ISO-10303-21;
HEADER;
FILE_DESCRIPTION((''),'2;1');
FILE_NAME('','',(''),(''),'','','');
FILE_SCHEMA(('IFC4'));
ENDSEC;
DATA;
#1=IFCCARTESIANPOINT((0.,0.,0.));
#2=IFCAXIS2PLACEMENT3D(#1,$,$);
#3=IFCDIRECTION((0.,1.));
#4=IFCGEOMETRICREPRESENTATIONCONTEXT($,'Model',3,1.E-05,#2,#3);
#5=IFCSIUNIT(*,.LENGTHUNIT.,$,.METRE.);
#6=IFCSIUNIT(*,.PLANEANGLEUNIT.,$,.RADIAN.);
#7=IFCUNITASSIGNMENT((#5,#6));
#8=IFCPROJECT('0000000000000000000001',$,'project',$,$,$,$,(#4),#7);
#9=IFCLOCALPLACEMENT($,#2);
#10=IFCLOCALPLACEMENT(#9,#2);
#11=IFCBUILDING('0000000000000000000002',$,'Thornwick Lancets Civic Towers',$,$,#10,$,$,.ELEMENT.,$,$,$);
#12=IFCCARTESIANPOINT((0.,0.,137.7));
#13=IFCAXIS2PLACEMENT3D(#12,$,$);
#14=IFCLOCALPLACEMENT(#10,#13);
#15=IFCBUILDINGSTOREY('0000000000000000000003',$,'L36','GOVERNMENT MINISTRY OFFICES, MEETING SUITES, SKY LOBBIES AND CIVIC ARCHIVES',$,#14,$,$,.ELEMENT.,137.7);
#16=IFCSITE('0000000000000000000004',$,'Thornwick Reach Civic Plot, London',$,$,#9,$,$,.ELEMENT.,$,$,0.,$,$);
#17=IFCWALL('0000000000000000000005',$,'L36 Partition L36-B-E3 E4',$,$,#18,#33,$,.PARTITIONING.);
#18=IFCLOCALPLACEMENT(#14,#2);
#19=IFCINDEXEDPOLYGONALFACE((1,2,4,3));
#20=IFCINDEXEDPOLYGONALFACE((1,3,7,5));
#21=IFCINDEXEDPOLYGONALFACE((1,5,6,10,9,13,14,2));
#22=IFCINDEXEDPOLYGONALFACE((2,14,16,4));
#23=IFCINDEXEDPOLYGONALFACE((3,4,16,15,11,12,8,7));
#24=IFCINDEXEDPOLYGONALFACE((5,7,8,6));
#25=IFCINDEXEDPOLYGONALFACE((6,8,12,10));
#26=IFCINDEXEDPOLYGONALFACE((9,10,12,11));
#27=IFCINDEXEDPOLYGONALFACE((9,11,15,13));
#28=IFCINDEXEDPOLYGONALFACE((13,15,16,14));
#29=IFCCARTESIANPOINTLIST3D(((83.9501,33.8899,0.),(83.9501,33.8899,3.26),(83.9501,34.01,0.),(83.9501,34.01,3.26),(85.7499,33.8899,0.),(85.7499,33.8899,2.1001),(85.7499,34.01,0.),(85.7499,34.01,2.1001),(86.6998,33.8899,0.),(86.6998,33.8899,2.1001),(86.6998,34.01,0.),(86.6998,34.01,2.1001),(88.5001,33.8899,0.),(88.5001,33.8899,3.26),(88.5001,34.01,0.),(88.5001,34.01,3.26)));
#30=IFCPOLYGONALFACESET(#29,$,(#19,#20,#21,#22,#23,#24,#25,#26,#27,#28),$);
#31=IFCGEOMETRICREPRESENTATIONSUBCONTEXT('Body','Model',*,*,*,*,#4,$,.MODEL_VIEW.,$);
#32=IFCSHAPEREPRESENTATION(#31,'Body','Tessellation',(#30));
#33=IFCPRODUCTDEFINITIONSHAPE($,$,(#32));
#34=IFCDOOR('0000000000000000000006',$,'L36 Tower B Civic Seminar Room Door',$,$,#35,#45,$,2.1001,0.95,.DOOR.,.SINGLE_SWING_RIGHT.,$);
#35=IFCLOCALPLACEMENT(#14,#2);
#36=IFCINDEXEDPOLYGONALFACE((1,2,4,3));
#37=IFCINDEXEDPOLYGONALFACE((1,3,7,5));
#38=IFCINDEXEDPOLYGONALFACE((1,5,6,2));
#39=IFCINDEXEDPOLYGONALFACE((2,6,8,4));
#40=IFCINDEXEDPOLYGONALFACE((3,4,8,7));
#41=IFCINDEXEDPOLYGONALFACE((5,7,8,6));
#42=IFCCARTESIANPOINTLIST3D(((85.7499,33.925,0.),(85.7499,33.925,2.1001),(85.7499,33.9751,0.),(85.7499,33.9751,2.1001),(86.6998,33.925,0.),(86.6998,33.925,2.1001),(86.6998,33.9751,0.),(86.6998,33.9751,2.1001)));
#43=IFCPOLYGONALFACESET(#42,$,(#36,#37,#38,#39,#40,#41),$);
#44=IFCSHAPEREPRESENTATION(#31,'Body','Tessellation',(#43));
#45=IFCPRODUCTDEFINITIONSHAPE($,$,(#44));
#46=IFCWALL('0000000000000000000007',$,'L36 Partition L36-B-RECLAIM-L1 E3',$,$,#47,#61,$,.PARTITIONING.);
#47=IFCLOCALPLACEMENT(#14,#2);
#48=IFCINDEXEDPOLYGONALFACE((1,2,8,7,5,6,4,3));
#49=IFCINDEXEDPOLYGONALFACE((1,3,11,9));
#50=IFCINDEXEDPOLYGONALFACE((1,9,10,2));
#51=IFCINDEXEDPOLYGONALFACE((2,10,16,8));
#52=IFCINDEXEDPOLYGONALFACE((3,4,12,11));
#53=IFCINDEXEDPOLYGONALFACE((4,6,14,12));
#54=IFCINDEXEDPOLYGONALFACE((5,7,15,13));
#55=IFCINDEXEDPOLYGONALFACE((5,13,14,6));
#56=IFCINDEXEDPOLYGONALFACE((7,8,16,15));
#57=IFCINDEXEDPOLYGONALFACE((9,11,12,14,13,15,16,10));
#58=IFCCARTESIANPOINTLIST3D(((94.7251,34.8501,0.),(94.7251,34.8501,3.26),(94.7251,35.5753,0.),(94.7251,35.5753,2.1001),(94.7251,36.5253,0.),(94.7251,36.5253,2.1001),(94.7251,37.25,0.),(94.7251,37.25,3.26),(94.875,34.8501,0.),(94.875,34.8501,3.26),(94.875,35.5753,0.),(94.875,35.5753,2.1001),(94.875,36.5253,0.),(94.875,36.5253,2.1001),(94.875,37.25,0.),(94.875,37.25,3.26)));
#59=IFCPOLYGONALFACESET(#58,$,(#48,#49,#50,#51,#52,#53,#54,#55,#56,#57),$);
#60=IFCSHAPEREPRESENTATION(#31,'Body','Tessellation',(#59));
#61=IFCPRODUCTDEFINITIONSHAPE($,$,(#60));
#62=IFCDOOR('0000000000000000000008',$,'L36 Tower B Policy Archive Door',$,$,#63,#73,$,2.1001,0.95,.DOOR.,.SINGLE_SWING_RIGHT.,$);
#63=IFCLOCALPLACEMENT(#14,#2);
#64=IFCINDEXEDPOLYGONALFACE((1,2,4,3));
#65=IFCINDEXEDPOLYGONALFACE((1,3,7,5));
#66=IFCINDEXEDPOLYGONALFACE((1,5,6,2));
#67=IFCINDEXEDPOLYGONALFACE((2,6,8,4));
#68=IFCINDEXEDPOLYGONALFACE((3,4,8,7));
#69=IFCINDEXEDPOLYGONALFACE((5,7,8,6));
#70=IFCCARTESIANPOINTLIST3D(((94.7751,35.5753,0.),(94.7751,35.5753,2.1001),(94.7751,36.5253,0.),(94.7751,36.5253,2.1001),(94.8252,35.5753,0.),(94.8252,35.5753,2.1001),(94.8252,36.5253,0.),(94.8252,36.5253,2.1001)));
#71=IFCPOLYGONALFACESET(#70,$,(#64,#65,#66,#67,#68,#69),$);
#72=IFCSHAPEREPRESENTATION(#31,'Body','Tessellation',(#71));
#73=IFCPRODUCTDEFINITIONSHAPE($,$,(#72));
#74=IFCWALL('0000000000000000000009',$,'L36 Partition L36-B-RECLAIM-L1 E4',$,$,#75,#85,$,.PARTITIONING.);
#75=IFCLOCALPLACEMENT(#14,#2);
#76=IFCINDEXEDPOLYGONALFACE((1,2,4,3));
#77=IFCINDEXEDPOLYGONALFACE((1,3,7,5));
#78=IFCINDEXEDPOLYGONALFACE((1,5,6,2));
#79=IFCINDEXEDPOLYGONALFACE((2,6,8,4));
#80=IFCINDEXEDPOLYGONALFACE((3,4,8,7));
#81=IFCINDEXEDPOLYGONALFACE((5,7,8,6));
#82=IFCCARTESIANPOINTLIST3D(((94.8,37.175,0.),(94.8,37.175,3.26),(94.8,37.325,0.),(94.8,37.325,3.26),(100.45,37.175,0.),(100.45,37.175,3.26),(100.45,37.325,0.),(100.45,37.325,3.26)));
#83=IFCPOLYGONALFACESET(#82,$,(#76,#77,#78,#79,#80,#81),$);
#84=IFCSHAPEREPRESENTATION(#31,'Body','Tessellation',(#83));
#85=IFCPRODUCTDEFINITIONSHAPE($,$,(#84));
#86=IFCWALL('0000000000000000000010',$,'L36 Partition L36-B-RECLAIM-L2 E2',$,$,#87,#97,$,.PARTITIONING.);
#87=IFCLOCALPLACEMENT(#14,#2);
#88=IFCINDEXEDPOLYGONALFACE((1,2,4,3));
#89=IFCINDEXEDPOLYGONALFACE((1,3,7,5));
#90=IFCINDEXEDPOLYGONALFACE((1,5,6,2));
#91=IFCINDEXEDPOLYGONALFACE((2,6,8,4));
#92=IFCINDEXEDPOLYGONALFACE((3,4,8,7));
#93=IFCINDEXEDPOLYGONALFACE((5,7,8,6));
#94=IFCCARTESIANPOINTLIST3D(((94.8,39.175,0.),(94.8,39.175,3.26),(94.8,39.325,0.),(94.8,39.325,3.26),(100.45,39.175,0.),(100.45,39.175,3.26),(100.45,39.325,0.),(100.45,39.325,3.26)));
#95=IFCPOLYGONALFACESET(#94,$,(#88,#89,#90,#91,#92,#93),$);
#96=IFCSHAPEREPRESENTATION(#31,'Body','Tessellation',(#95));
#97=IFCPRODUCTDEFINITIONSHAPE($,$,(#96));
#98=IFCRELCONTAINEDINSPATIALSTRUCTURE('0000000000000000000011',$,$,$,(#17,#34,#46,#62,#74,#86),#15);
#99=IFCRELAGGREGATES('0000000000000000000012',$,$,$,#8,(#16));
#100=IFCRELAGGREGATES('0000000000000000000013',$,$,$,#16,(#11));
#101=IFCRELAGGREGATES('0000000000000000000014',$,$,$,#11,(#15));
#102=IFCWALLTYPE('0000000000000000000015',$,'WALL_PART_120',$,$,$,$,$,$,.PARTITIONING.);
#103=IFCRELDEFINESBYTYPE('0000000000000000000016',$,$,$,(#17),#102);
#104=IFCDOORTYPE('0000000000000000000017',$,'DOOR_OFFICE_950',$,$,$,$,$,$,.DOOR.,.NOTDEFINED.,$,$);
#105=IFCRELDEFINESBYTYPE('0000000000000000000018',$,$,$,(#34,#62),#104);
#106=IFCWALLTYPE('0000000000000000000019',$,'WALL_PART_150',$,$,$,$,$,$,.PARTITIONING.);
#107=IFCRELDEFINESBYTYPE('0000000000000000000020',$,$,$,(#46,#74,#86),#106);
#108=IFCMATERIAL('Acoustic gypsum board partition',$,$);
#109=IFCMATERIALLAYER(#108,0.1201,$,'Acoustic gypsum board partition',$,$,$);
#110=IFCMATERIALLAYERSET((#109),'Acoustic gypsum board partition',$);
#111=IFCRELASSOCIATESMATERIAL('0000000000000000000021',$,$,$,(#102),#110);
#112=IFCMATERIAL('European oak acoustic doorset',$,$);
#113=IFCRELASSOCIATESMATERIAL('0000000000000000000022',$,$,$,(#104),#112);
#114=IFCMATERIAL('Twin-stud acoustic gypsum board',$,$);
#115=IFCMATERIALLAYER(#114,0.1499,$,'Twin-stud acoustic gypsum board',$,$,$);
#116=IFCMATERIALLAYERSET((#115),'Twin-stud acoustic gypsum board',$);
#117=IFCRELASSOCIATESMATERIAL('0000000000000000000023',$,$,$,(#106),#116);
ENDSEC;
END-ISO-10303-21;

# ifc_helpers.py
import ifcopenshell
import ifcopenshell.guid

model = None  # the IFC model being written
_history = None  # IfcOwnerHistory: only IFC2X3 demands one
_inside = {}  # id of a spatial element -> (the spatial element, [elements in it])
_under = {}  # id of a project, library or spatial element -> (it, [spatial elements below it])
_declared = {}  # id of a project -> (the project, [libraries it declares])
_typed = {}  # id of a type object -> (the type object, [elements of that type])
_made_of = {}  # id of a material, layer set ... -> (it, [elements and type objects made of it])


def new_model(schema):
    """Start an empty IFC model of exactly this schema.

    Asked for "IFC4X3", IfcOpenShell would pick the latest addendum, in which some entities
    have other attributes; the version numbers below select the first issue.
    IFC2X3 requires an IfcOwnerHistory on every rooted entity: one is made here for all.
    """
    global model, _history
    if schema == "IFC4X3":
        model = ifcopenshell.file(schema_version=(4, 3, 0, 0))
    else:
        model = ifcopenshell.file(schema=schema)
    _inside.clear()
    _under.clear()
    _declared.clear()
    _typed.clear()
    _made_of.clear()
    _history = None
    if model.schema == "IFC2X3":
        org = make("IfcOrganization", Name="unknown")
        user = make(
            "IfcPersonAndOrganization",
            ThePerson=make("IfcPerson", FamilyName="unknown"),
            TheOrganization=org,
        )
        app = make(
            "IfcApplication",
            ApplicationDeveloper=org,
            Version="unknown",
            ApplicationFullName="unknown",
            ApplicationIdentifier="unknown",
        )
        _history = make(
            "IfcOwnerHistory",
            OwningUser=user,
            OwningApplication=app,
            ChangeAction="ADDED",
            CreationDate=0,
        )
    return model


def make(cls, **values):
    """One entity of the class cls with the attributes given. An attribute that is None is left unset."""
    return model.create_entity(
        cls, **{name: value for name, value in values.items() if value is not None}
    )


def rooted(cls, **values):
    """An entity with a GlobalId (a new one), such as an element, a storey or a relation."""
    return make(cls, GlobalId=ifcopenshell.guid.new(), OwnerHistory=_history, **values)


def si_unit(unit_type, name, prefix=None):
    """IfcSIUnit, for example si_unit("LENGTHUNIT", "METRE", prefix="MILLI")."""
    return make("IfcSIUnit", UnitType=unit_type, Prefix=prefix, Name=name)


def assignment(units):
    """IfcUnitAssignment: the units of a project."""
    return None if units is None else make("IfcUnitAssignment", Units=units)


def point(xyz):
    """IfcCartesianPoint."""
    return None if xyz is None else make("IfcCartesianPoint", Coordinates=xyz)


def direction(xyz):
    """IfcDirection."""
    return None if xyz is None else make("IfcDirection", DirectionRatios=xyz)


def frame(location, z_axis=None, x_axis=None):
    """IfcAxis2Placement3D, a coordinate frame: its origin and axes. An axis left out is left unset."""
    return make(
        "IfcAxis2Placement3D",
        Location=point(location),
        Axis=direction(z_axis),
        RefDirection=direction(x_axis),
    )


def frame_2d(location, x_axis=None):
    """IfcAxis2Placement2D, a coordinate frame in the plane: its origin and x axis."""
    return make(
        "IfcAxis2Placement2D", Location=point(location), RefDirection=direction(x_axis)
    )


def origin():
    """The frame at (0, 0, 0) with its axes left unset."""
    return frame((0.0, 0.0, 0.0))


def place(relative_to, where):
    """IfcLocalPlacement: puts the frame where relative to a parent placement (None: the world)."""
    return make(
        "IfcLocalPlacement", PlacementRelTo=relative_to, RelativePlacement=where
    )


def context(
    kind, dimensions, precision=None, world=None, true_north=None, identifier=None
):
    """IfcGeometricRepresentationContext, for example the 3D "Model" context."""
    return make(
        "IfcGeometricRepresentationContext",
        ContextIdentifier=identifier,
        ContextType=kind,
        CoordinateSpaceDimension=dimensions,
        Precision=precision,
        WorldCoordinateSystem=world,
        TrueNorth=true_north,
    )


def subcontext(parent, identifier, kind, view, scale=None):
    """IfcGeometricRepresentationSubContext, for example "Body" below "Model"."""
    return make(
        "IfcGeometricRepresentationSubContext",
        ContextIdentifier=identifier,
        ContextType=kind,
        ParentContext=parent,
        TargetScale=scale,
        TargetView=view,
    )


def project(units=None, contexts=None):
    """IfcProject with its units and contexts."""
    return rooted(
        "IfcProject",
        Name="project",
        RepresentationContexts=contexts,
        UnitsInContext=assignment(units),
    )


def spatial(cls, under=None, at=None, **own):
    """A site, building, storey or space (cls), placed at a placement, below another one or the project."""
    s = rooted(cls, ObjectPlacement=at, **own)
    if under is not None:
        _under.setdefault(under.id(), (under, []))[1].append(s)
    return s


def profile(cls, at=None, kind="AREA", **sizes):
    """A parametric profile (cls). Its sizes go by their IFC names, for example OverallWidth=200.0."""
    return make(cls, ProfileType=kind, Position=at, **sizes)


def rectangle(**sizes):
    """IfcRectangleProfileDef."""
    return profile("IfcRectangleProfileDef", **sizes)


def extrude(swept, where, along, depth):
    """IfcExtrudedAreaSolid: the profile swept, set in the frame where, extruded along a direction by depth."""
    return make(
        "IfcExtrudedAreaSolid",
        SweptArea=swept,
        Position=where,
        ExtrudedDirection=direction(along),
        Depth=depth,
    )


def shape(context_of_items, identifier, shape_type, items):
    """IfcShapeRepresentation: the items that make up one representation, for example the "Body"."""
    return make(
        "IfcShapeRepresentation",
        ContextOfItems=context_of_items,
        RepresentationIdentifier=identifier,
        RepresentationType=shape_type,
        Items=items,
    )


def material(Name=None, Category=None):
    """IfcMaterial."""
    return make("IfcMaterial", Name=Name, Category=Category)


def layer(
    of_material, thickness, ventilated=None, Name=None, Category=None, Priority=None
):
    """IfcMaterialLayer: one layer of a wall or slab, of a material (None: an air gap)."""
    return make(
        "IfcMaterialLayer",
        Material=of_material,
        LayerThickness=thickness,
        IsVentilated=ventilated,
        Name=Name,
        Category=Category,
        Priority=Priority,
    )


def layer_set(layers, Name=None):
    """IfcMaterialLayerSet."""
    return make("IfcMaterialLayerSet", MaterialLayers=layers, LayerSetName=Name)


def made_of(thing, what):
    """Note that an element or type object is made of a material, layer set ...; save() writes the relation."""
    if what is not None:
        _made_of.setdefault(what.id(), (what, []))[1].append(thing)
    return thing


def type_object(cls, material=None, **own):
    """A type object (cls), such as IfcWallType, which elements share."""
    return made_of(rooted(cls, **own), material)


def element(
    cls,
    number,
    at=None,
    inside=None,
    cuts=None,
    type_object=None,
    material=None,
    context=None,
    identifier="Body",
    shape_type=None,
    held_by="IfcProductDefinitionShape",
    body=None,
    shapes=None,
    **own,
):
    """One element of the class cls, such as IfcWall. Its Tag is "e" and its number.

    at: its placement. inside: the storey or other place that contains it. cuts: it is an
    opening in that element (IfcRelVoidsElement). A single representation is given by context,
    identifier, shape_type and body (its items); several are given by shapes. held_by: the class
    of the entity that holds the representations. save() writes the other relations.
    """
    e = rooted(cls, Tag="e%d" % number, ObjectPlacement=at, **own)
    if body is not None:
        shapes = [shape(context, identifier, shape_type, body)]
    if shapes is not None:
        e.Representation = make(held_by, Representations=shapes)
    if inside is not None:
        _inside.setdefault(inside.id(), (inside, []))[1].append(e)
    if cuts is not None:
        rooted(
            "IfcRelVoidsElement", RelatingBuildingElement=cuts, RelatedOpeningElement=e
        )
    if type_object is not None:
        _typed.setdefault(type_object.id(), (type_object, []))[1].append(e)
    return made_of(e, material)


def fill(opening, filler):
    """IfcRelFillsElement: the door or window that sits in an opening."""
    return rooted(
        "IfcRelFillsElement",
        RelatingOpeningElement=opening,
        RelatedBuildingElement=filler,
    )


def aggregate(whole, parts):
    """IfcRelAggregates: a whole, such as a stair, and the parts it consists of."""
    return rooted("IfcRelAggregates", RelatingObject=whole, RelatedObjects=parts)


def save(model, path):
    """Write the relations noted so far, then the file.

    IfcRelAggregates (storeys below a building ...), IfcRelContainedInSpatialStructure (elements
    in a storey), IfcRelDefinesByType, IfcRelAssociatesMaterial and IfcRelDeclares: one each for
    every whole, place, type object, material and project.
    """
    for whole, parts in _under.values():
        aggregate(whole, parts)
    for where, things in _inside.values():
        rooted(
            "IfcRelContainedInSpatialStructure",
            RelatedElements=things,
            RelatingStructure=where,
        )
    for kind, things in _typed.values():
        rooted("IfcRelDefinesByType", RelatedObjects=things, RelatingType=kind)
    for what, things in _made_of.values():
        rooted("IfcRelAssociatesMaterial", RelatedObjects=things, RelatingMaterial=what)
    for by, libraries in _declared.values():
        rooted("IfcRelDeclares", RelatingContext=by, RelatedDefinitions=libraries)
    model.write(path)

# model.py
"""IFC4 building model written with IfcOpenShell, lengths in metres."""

from ifc_helpers import new_model, si_unit, direction, frame, frame_2d, origin, place, context, subcontext, project, spatial, rectangle, extrude, material, layer, layer_set, type_object, element, fill, save


model = new_model("IFC4")

# Units and contexts
model_context = context("Model", 3, precision=1e-05, world=origin(), true_north=direction((0.0, 1.0)))
body_context = subcontext(model_context, "Body", "Model", "MODEL_VIEW")
ifc_project = project(units=[si_unit("LENGTHUNIT", "METRE"), si_unit("PLANEANGLEUNIT", "RADIAN")], contexts=[model_context])

# Site, building, storey
site_placement = place(None, origin())
site = spatial("IfcSite", under=ifc_project, at=site_placement, Name="Thornwick Reach Civic Plot, London", CompositionType="ELEMENT", RefElevation=0.0)
building_placement = place(site_placement, origin())
building = spatial("IfcBuilding", under=site, at=building_placement, Name="Thornwick Lancets Civic Towers", CompositionType="ELEMENT")
storey_placement = place(building_placement, frame((0.0, 0.0, 137.7)))
storey = spatial("IfcBuildingStorey", under=building, at=storey_placement, Name="L36", Description="GOVERNMENT MINISTRY OFFICES, MEETING SUITES, SKY LOBBIES AND CIVIC ARCHIVES", CompositionType="ELEMENT", Elevation=137.7)

# Shared definitions
ifc_material_1 = material(Name="Acoustic gypsum board partition")
ifc_layer_1 = layer(ifc_material_1, 0.1201, Name="Acoustic gypsum board partition")
ifc_layer_set_1 = layer_set([ifc_layer_1], Name="Acoustic gypsum board partition")
wall_type_1 = type_object("IfcWallType", Name="WALL_PART_120", PredefinedType="PARTITIONING", material=ifc_layer_set_1)

# Shared definitions
ifc_material_2 = material(Name="European oak acoustic doorset")
door_type_1 = type_object("IfcDoorType", Name="DOOR_OFFICE_950", OperationType="NOTDEFINED", PredefinedType="DOOR", material=ifc_material_2)

# Walls, openings, doors
wall_1_placement = place(storey_placement, frame((88.5, 33.95, 0.0), z_axis=(0.0, 0.0, 1.0), x_axis=(-1.0, 0.0, 0.0)))
wall_1 = element("IfcWall", 1, at=wall_1_placement, inside=storey, type_object=wall_type_1, Name="L36 Partition L36-B-E3 E4", PredefinedType="PARTITIONING", context=body_context, shape_type="SweptSolid", body=[
    extrude(rectangle(XDim=4.55, YDim=0.1201, at=frame_2d((2.2749, 0.0))), origin(), (0.0, 0.0, 1.0), 3.26),
])
opening_1_placement = place(wall_1_placement, frame((1.8, 0.0, 0.0)))
opening_1 = element("IfcOpeningElement", 2, at=opening_1_placement, cuts=wall_1, PredefinedType="OPENING", context=body_context, shape_type="SweptSolid", body=[
    extrude(rectangle(XDim=0.95, YDim=2.1001, at=frame_2d((0.4751, 1.05))), frame((0.0, 0.0701, 0.0), z_axis=(0.0, -1.0, 0.0), x_axis=(1.0, 0.0, 0.0)), (0.0, 0.0, 1.0), 0.1401),
])
door_1_placement = place(opening_1_placement, origin())
door_1 = element("IfcDoor", 3, at=door_1_placement, inside=storey, type_object=door_type_1, Name="L36 Tower B Civic Seminar Room Door", OperationType="SINGLE_SWING_RIGHT", OverallHeight=2.1001, OverallWidth=0.95, PredefinedType="DOOR", context=body_context, shape_type="SweptSolid", body=[
    extrude(rectangle(XDim=0.95, YDim=2.1001, at=frame_2d((0.4751, 1.05))), frame((0.0, 0.0249, 0.0), z_axis=(0.0, -1.0, 0.0), x_axis=(1.0, 0.0, 0.0)), (0.0, 0.0, 1.0), 0.05),
])
fill(opening_1, door_1)
ifc_material_3 = material(Name="Twin-stud acoustic gypsum board")
ifc_layer_2 = layer(ifc_material_3, 0.1499, Name="Twin-stud acoustic gypsum board")
ifc_layer_set_2 = layer_set([ifc_layer_2], Name="Twin-stud acoustic gypsum board")
wall_type_2 = type_object("IfcWallType", Name="WALL_PART_150", PredefinedType="PARTITIONING", material=ifc_layer_set_2)
wall_2_placement = place(storey_placement, frame((94.8, 34.8501, 0.0), z_axis=(0.0, 0.0, 1.0), x_axis=(0.0, 1.0, 0.0)))
wall_2 = element("IfcWall", 4, at=wall_2_placement, inside=storey, type_object=wall_type_2, Name="L36 Partition L36-B-RECLAIM-L1 E3", PredefinedType="PARTITIONING", context=body_context, shape_type="SweptSolid", body=[
    extrude(rectangle(XDim=2.3999, YDim=0.1499, at=frame_2d((1.2, 0.0))), origin(), (0.0, 0.0, 1.0), 3.26),
])
opening_2_placement = place(wall_2_placement, frame((0.7251, 0.0, 0.0)))
opening_2 = element("IfcOpeningElement", 5, at=opening_2_placement, cuts=wall_2, PredefinedType="OPENING", context=body_context, shape_type="SweptSolid", body=[
    extrude(rectangle(XDim=0.95, YDim=2.1001, at=frame_2d((0.4751, 1.05))), frame((0.0, 0.085, 0.0), z_axis=(0.0, -1.0, 0.0), x_axis=(1.0, 0.0, 0.0)), (0.0, 0.0, 1.0), 0.1699),
])
door_2_placement = place(opening_2_placement, origin())
door_2 = element("IfcDoor", 6, at=door_2_placement, inside=storey, type_object=door_type_1, Name="L36 Tower B Policy Archive Door", OperationType="SINGLE_SWING_RIGHT", OverallHeight=2.1001, OverallWidth=0.95, PredefinedType="DOOR", context=body_context, shape_type="SweptSolid", body=[
    extrude(rectangle(XDim=0.95, YDim=2.1001, at=frame_2d((0.4751, 1.05))), frame((0.0, 0.0249, 0.0), z_axis=(0.0, -1.0, 0.0), x_axis=(1.0, 0.0, 0.0)), (0.0, 0.0, 1.0), 0.05),
])
fill(opening_2, door_2)

# Wall
wall_3_placement = place(storey_placement, frame((94.8, 37.25, 0.0), z_axis=(0.0, 0.0, 1.0), x_axis=(1.0, 0.0, 0.0)))
element("IfcWall", 7, at=wall_3_placement, inside=storey, type_object=wall_type_2, Name="L36 Partition L36-B-RECLAIM-L1 E4", PredefinedType="PARTITIONING", context=body_context, shape_type="SweptSolid", body=[
    extrude(rectangle(XDim=5.6499, YDim=0.1499, at=frame_2d((2.825, 0.0))), origin(), (0.0, 0.0, 1.0), 3.26),
])

# Wall
wall_4_placement = place(storey_placement, frame((94.8, 39.25, 0.0), z_axis=(0.0, 0.0, 1.0), x_axis=(1.0, 0.0, 0.0)))
element("IfcWall", 8, at=wall_4_placement, inside=storey, type_object=wall_type_2, Name="L36 Partition L36-B-RECLAIM-L2 E2", PredefinedType="PARTITIONING", context=body_context, shape_type="SweptSolid", body=[
    extrude(rectangle(XDim=5.6499, YDim=0.1499, at=frame_2d((2.825, 0.0))), origin(), (0.0, 0.0, 1.0), 3.26),
])

save(model, "model.ifc")
